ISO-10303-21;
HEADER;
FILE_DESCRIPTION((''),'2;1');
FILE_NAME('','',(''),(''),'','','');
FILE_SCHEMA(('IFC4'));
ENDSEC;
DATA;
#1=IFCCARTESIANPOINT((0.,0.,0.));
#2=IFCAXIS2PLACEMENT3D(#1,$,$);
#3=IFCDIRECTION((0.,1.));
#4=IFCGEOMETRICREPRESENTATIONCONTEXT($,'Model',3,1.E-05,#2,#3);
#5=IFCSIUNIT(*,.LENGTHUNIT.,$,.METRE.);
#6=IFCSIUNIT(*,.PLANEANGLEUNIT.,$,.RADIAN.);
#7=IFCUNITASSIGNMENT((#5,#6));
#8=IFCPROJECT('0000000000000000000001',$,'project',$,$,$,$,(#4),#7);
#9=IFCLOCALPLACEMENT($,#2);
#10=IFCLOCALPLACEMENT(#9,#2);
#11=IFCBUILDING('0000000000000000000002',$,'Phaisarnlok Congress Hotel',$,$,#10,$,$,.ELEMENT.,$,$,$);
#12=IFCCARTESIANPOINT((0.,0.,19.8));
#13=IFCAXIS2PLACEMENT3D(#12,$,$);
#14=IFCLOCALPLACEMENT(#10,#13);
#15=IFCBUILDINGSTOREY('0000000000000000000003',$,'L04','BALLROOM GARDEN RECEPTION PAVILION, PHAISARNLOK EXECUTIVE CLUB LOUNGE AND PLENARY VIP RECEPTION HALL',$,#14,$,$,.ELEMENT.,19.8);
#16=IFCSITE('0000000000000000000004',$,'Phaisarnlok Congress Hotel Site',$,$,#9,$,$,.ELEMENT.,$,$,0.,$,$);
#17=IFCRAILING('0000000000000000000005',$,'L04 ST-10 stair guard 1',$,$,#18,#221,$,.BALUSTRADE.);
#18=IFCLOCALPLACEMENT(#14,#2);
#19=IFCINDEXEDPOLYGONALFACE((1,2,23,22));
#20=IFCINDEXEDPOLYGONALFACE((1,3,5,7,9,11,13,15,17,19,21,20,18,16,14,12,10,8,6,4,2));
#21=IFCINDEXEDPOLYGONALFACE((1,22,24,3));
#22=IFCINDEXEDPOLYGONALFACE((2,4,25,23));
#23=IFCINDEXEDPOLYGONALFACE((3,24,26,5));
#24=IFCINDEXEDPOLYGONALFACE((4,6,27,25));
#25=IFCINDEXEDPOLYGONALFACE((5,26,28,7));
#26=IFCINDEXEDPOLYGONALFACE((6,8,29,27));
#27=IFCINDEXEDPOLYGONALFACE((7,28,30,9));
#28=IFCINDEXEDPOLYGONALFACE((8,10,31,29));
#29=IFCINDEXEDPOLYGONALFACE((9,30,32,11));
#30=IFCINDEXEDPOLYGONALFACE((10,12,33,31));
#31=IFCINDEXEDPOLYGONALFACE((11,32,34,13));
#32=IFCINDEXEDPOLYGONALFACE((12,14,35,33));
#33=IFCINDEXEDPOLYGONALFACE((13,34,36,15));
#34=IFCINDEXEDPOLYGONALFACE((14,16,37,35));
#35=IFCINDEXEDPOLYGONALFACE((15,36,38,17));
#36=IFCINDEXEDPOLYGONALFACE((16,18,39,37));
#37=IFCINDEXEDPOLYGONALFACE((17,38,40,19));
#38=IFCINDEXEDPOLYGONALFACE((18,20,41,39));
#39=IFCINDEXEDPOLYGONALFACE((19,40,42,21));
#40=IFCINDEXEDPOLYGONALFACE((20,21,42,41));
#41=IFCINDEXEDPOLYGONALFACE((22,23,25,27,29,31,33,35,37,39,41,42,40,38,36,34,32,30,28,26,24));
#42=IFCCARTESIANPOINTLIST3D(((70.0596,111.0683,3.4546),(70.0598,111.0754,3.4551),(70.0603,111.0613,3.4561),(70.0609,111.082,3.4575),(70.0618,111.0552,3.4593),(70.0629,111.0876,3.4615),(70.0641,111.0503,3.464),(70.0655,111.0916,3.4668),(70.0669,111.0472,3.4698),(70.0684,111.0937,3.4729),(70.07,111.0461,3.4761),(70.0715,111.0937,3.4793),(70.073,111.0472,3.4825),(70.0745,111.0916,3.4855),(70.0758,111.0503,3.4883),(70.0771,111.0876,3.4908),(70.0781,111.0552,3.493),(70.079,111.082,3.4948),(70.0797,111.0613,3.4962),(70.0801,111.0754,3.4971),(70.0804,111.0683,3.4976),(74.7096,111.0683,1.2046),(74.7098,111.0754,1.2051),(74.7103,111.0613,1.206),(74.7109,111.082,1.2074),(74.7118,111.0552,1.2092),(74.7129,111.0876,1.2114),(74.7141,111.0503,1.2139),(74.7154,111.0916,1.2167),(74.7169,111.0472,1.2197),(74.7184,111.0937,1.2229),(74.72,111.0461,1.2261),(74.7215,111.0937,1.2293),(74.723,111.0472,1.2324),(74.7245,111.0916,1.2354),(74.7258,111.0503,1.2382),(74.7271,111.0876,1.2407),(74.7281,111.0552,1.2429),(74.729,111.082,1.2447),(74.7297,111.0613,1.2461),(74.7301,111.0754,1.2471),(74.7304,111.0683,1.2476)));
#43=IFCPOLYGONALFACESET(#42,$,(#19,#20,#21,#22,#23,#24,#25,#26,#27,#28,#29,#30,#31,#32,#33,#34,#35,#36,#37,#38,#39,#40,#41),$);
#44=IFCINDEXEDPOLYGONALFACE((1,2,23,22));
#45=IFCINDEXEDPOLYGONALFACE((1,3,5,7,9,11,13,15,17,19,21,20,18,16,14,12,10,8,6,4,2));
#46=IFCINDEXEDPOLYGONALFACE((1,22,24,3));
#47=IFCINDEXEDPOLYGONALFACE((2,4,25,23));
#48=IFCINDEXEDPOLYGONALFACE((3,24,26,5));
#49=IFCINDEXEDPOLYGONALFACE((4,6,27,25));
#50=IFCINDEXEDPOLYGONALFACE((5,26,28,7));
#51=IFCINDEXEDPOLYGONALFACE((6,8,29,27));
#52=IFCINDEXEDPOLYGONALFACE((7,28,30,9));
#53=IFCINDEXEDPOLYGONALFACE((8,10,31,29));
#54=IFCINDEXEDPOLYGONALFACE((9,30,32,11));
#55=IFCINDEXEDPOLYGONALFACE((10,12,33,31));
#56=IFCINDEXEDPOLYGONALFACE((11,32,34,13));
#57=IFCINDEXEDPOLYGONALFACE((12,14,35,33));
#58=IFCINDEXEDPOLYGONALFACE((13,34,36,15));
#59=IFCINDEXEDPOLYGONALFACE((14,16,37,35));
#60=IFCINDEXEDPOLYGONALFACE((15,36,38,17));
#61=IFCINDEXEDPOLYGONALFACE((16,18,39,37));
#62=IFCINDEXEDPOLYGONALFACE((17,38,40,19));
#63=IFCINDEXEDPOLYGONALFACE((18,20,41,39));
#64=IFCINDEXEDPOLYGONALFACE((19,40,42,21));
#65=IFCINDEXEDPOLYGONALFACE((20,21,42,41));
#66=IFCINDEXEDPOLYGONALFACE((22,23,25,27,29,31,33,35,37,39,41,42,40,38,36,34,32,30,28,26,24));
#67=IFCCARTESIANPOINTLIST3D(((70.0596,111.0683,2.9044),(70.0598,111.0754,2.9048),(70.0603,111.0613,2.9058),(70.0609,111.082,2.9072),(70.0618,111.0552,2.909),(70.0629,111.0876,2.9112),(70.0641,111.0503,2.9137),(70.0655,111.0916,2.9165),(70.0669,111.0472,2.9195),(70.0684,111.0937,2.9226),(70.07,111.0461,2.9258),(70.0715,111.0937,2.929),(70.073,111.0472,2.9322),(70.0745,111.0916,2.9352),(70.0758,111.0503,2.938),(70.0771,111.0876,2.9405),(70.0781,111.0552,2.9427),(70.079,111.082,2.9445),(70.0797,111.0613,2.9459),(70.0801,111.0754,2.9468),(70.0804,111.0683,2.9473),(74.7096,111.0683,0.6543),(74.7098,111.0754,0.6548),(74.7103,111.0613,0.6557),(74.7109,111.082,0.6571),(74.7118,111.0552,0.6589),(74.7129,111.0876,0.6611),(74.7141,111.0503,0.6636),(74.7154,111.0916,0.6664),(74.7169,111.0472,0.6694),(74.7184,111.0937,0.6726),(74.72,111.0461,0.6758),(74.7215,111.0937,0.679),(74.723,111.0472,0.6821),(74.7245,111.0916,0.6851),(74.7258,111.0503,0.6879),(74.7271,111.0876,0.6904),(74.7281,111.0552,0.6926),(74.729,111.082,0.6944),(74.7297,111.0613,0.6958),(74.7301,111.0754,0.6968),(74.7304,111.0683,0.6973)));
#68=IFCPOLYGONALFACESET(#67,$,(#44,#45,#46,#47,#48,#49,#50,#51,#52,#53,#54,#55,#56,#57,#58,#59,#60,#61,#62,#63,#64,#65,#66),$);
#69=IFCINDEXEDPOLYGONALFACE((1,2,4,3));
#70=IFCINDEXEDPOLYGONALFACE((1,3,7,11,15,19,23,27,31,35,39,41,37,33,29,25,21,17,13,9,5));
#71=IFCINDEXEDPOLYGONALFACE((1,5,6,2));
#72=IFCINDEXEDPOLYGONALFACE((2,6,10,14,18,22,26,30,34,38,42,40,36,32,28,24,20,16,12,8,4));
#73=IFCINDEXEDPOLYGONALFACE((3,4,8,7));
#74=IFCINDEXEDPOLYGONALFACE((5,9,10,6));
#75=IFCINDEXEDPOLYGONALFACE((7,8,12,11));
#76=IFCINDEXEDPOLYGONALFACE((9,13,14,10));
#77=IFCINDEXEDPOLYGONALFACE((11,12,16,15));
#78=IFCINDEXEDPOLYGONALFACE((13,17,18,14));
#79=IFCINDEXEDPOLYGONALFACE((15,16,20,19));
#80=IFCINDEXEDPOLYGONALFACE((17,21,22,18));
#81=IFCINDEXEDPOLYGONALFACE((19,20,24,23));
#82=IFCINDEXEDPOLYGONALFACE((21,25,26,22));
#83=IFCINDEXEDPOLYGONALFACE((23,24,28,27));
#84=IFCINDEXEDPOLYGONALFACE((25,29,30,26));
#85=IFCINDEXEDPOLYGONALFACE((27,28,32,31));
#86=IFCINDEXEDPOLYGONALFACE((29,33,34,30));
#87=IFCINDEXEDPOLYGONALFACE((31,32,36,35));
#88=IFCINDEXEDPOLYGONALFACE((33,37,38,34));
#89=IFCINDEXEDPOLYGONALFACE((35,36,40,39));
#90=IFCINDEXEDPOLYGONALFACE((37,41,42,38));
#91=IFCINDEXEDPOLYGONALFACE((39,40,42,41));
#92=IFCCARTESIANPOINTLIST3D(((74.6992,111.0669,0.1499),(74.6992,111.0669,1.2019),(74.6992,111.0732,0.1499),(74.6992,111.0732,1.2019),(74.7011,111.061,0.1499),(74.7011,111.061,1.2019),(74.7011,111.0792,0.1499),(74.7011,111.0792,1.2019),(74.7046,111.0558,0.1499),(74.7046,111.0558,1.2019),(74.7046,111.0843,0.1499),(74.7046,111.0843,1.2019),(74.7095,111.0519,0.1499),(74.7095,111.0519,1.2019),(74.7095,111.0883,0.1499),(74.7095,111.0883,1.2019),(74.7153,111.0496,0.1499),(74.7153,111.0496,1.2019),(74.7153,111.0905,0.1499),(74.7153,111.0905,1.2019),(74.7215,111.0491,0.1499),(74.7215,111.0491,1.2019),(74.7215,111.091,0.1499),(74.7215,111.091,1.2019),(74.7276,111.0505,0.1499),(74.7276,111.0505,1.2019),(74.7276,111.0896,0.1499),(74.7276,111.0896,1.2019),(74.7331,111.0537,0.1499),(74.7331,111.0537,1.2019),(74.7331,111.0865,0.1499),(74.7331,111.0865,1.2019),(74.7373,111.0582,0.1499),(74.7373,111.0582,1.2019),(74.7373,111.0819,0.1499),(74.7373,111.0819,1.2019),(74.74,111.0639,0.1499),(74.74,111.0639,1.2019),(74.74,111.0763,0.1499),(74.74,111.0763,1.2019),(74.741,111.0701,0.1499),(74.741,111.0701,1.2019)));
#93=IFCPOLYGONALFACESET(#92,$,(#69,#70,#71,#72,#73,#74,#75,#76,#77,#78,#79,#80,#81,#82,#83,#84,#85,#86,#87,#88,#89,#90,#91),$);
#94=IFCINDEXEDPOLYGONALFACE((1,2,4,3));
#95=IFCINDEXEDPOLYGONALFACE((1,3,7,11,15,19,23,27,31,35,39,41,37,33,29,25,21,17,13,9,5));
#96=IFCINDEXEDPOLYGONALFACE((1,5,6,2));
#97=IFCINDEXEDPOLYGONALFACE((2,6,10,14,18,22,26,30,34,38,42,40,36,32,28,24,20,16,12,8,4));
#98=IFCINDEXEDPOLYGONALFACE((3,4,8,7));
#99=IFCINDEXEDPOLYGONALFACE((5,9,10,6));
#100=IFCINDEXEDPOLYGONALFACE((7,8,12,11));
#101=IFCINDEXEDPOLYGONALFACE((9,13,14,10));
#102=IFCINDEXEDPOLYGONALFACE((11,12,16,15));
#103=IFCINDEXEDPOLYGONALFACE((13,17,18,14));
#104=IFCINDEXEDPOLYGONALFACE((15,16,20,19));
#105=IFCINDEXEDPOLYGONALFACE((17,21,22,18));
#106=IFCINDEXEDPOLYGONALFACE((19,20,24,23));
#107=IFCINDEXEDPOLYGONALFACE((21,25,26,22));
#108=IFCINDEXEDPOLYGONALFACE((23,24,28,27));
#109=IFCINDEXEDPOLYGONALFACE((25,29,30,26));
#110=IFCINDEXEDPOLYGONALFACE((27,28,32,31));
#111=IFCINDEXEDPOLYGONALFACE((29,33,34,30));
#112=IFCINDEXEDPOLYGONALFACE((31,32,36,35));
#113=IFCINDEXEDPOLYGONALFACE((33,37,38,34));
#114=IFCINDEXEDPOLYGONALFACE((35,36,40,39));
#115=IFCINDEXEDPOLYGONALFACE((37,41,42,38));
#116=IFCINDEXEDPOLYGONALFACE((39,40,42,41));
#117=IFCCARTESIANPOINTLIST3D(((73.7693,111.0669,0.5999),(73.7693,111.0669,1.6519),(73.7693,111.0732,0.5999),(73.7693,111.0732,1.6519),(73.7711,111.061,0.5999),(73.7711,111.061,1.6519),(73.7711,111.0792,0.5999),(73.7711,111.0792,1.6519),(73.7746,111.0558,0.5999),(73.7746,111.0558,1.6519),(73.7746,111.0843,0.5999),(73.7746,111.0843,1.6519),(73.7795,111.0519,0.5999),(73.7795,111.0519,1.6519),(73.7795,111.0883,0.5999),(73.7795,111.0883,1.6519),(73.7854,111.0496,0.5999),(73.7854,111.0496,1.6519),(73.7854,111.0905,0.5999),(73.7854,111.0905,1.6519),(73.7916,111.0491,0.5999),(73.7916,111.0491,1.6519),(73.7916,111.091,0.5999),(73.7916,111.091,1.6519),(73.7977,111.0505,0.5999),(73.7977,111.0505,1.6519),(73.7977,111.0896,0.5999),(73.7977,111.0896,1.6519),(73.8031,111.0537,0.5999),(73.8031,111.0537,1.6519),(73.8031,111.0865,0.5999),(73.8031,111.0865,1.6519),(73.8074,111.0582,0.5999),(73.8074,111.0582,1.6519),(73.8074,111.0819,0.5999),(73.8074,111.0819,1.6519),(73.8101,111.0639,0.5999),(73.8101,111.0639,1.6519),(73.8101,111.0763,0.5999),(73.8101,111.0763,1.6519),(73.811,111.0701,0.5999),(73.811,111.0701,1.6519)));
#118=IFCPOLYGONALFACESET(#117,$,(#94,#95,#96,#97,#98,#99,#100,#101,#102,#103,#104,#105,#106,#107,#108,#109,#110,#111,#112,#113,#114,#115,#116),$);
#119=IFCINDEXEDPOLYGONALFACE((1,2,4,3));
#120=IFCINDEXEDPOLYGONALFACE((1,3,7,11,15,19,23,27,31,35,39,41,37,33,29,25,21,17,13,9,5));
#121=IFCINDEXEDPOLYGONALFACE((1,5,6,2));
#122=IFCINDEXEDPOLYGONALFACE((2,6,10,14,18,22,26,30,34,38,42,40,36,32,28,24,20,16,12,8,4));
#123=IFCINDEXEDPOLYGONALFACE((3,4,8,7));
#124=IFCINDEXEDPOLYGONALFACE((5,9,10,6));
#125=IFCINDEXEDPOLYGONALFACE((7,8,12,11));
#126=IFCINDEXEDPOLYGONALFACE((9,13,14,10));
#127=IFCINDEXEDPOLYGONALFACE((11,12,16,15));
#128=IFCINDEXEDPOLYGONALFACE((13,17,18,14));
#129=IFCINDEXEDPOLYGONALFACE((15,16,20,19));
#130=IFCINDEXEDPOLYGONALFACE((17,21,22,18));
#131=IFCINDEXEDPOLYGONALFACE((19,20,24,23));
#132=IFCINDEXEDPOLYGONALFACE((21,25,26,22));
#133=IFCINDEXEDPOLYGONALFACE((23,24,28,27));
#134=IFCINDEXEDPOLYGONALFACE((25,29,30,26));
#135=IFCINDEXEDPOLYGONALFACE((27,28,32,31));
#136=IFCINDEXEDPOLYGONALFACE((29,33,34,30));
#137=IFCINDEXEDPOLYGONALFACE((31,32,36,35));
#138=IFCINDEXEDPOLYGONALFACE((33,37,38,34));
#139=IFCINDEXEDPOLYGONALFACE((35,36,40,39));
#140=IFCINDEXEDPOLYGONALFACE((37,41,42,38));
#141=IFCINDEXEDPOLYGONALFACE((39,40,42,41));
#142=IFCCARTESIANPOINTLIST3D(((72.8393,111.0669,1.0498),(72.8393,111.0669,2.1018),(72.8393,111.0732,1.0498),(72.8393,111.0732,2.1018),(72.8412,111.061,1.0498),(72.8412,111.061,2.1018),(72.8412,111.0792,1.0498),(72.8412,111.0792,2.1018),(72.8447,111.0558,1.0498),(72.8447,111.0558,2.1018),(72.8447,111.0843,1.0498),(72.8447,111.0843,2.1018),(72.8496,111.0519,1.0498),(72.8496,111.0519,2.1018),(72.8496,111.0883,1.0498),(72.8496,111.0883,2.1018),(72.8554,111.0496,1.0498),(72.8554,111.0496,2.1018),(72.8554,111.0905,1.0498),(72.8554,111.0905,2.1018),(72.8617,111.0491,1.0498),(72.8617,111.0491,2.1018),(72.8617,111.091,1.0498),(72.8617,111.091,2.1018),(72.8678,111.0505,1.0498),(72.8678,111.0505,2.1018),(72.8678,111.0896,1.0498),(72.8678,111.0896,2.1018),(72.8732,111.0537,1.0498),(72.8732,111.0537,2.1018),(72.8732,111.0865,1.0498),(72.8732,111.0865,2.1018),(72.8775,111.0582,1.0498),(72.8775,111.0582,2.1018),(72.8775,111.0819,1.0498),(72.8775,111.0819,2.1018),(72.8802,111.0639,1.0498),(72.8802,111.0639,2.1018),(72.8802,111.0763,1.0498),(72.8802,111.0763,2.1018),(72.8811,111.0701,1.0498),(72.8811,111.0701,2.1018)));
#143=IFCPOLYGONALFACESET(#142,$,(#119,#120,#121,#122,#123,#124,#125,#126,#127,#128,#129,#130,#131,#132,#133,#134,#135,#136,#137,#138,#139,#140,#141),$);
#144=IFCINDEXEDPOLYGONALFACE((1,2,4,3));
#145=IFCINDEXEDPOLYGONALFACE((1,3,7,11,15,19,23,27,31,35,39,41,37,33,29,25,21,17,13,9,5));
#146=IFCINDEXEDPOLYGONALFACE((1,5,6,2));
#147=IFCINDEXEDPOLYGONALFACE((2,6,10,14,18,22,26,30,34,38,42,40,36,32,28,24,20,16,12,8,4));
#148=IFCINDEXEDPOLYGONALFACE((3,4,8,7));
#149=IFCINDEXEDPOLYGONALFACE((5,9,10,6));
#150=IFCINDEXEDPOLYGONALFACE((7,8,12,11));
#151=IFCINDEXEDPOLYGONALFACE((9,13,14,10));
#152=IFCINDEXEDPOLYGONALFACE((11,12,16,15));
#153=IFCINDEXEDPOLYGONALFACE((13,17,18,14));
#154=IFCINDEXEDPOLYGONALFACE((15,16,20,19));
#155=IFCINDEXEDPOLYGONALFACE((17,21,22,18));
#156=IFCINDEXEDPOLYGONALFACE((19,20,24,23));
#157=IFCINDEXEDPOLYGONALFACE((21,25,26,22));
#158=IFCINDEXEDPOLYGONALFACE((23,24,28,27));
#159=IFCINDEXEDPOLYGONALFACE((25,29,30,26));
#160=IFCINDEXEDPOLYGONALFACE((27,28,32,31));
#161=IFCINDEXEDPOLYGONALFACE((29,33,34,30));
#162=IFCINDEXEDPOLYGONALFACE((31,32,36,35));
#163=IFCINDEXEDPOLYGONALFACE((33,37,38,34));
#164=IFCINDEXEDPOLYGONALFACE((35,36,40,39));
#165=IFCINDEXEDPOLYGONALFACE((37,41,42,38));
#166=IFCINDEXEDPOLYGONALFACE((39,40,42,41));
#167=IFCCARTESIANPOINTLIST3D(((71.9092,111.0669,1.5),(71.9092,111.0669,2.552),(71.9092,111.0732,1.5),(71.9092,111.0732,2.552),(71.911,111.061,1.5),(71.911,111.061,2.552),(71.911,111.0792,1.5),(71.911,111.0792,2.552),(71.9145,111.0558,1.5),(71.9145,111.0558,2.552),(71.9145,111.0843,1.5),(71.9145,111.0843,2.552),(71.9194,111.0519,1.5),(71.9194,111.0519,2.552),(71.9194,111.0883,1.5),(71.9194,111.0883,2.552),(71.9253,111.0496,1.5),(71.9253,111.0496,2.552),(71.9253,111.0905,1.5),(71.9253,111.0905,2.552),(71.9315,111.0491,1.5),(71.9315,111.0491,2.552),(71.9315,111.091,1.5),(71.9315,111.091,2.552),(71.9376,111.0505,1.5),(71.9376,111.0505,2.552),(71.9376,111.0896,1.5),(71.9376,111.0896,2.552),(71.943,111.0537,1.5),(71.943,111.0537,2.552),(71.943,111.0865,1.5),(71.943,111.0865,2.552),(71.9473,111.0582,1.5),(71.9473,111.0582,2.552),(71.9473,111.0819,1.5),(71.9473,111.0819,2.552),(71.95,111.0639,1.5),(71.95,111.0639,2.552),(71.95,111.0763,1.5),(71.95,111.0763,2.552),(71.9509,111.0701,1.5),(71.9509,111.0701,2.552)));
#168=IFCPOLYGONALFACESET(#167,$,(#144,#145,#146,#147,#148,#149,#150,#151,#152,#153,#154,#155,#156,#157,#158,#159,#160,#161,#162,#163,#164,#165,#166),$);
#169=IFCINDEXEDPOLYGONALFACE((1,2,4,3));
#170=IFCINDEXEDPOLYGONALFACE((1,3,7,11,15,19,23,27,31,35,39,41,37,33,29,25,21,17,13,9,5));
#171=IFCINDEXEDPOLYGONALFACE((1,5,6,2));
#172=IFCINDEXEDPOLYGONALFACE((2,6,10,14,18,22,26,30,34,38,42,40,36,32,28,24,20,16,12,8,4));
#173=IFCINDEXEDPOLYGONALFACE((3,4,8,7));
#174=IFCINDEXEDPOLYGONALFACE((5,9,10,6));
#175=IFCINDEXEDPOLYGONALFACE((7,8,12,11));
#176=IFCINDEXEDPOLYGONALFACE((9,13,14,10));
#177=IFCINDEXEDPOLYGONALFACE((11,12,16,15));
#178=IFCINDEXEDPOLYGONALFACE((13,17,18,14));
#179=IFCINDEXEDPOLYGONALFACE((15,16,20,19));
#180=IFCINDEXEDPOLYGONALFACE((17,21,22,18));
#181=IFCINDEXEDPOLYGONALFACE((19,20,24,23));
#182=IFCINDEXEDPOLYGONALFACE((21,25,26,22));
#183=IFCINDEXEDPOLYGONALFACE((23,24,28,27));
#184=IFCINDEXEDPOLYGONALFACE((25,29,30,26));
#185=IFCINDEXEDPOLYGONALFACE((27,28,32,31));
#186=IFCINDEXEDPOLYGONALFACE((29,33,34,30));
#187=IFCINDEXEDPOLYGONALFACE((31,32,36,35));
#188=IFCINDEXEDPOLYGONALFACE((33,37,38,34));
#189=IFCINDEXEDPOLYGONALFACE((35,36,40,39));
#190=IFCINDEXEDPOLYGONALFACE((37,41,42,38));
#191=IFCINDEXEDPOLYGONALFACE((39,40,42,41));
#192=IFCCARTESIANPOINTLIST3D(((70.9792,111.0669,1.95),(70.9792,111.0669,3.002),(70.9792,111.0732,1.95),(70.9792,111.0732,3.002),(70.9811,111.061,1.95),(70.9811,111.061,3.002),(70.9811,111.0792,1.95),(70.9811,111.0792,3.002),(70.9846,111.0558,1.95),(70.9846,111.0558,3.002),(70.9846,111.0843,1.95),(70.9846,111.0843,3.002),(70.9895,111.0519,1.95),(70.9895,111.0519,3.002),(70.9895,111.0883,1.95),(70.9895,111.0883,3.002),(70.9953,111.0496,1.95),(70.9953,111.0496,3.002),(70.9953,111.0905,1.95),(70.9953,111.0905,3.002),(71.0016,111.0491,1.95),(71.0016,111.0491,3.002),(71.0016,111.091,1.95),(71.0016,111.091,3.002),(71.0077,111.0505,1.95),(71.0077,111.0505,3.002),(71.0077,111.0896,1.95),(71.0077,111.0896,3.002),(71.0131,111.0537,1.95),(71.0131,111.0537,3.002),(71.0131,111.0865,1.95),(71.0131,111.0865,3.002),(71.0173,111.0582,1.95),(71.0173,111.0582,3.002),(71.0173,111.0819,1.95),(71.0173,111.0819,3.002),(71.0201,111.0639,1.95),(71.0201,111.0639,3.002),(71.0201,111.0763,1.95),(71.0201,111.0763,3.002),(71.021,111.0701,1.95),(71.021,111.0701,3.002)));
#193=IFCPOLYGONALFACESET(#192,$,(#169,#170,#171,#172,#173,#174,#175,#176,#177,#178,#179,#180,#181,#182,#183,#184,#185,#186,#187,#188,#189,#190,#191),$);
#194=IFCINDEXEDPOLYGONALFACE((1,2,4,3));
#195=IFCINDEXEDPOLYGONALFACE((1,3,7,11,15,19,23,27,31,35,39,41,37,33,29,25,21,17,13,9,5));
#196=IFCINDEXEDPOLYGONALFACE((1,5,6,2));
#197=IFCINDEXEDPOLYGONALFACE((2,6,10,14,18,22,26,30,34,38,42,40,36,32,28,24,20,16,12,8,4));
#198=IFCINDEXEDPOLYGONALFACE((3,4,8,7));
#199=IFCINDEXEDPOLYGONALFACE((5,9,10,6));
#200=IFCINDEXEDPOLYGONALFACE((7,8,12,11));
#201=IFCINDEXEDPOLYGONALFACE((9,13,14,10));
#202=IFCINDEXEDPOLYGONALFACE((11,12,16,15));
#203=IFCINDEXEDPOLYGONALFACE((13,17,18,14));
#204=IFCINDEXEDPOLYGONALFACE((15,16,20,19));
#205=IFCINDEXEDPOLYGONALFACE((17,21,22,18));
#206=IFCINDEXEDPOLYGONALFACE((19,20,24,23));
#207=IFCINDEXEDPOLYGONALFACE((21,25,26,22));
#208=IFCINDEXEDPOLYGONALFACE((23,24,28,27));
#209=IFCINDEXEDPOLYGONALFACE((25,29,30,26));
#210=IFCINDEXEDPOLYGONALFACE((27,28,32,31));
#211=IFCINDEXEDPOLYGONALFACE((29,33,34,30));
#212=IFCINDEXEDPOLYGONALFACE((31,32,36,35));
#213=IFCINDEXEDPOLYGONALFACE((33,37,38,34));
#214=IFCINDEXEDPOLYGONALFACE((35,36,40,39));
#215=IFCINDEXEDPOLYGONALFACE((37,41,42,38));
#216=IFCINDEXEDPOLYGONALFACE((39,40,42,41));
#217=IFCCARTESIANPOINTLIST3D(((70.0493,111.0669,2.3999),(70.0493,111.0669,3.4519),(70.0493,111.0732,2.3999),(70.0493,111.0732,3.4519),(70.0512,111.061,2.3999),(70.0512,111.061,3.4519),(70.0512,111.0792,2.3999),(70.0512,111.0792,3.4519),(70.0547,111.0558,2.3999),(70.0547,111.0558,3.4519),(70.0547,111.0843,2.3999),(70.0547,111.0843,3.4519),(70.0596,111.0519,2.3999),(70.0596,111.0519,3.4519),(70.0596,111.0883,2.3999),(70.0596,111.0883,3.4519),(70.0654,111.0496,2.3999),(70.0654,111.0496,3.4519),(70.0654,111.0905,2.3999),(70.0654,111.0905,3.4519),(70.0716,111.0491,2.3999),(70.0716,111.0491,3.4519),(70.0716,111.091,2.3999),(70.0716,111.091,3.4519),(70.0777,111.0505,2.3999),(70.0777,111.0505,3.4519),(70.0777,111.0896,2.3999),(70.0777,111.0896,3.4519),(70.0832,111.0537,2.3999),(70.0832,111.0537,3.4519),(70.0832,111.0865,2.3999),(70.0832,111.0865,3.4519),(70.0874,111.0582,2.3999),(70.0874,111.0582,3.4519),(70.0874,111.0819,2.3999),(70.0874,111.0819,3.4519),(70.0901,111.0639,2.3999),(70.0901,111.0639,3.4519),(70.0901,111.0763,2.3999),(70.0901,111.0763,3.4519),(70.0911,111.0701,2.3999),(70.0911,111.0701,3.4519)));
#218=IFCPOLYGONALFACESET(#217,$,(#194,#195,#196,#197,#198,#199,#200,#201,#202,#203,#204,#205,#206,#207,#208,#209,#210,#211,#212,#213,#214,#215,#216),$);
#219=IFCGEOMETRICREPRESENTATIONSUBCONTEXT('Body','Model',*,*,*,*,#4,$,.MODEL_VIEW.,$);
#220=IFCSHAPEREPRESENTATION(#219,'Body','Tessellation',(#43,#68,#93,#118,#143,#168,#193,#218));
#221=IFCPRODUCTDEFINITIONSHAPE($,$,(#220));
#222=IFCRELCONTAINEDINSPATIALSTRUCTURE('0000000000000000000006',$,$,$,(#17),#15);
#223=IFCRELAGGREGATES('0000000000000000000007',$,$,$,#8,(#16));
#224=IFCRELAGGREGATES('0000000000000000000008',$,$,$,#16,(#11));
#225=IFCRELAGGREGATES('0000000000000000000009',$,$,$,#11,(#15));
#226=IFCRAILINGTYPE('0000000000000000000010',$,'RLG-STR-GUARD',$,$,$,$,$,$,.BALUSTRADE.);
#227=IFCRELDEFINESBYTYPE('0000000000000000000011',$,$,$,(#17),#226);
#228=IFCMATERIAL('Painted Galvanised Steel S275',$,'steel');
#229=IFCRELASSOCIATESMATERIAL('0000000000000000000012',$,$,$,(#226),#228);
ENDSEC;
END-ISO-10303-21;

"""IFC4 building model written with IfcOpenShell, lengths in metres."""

from ifc_helpers import new_model, si_unit, direction, frame, origin, origin_2d, place, context, subcontext, project, spatial, circle, extrude, material, type_object, element, save


model = new_model("IFC4")

# Units and contexts
model_context = context("Model", 3, precision=1e-05, world=origin(), true_north=direction((0.0, 1.0)))
body_context = subcontext(model_context, "Body", "Model", "MODEL_VIEW")
ifc_project = project(units=[si_unit("LENGTHUNIT", "METRE"), si_unit("PLANEANGLEUNIT", "RADIAN")], contexts=[model_context])

# Site, building, storey
site_placement = place(None, origin())
site = spatial("IfcSite", under=ifc_project, at=site_placement, Name="Phaisarnlok Congress Hotel Site", CompositionType="ELEMENT", RefElevation=0.0)
building_placement = place(site_placement, origin())
building = spatial("IfcBuilding", under=site, at=building_placement, Name="Phaisarnlok Congress Hotel", CompositionType="ELEMENT")
storey_placement = place(building_placement, frame((0.0, 0.0, 19.8)))
storey = spatial("IfcBuildingStorey", under=building, at=storey_placement, Name="L04", Description="BALLROOM GARDEN RECEPTION PAVILION, PHAISARNLOK EXECUTIVE CLUB LOUNGE AND PLENARY VIP RECEPTION HALL", CompositionType="ELEMENT", Elevation=19.8)

# Railing
ifc_material_1 = material(Name="Painted Galvanised Steel S275", Category="steel")
railing_type_1 = type_object("IfcRailingType", Name="RLG-STR-GUARD", PredefinedType="BALUSTRADE", material=ifc_material_1)
railing_1_placement = place(storey_placement, frame((74.72, 111.0701, 0.1499)))
element("IfcRailing", 1, at=railing_1_placement, inside=storey, type_object=railing_type_1, Name="L04 ST-10 stair guard 1", PredefinedType="BALUSTRADE", context=body_context, shape_type="SweptSolid", body=[
    extrude(circle(Radius=0.0239, at=origin_2d()), frame((0.0, 0.0, 1.0762), z_axis=(-0.900156, 0.0, 0.435568), x_axis=(0.0, -1.0, 0.0)), (0.0, 0.0, 1.0), 5.1658),
    extrude(circle(Radius=0.0239, at=origin_2d()), frame((0.0, 0.0, 0.5259), z_axis=(-0.900156, 0.0, 0.435568), x_axis=(0.0, -1.0, 0.0)), (0.0, 0.0, 1.0), 5.1658),
    extrude(circle(Radius=0.021, at=origin_2d()), origin(), (0.0, 0.0, 1.0), 1.052),
    extrude(circle(Radius=0.021, at=origin_2d()), frame((-0.9299, 0.0, 0.45)), (0.0, 0.0, 1.0), 1.052),
    extrude(circle(Radius=0.021, at=origin_2d()), frame((-1.8599, 0.0, 0.8999)), (0.0, 0.0, 1.0), 1.052),
    extrude(circle(Radius=0.021, at=origin_2d()), frame((-2.79, 0.0, 1.3501)), (0.0, 0.0, 1.0), 1.052),
    extrude(circle(Radius=0.021, at=origin_2d()), frame((-3.72, 0.0, 1.8)), (0.0, 0.0, 1.0), 1.052),
    extrude(circle(Radius=0.021, at=origin_2d()), frame((-4.6499, 0.0, 2.25)), (0.0, 0.0, 1.0), 1.052),
])

save(model, "model.ifc")
